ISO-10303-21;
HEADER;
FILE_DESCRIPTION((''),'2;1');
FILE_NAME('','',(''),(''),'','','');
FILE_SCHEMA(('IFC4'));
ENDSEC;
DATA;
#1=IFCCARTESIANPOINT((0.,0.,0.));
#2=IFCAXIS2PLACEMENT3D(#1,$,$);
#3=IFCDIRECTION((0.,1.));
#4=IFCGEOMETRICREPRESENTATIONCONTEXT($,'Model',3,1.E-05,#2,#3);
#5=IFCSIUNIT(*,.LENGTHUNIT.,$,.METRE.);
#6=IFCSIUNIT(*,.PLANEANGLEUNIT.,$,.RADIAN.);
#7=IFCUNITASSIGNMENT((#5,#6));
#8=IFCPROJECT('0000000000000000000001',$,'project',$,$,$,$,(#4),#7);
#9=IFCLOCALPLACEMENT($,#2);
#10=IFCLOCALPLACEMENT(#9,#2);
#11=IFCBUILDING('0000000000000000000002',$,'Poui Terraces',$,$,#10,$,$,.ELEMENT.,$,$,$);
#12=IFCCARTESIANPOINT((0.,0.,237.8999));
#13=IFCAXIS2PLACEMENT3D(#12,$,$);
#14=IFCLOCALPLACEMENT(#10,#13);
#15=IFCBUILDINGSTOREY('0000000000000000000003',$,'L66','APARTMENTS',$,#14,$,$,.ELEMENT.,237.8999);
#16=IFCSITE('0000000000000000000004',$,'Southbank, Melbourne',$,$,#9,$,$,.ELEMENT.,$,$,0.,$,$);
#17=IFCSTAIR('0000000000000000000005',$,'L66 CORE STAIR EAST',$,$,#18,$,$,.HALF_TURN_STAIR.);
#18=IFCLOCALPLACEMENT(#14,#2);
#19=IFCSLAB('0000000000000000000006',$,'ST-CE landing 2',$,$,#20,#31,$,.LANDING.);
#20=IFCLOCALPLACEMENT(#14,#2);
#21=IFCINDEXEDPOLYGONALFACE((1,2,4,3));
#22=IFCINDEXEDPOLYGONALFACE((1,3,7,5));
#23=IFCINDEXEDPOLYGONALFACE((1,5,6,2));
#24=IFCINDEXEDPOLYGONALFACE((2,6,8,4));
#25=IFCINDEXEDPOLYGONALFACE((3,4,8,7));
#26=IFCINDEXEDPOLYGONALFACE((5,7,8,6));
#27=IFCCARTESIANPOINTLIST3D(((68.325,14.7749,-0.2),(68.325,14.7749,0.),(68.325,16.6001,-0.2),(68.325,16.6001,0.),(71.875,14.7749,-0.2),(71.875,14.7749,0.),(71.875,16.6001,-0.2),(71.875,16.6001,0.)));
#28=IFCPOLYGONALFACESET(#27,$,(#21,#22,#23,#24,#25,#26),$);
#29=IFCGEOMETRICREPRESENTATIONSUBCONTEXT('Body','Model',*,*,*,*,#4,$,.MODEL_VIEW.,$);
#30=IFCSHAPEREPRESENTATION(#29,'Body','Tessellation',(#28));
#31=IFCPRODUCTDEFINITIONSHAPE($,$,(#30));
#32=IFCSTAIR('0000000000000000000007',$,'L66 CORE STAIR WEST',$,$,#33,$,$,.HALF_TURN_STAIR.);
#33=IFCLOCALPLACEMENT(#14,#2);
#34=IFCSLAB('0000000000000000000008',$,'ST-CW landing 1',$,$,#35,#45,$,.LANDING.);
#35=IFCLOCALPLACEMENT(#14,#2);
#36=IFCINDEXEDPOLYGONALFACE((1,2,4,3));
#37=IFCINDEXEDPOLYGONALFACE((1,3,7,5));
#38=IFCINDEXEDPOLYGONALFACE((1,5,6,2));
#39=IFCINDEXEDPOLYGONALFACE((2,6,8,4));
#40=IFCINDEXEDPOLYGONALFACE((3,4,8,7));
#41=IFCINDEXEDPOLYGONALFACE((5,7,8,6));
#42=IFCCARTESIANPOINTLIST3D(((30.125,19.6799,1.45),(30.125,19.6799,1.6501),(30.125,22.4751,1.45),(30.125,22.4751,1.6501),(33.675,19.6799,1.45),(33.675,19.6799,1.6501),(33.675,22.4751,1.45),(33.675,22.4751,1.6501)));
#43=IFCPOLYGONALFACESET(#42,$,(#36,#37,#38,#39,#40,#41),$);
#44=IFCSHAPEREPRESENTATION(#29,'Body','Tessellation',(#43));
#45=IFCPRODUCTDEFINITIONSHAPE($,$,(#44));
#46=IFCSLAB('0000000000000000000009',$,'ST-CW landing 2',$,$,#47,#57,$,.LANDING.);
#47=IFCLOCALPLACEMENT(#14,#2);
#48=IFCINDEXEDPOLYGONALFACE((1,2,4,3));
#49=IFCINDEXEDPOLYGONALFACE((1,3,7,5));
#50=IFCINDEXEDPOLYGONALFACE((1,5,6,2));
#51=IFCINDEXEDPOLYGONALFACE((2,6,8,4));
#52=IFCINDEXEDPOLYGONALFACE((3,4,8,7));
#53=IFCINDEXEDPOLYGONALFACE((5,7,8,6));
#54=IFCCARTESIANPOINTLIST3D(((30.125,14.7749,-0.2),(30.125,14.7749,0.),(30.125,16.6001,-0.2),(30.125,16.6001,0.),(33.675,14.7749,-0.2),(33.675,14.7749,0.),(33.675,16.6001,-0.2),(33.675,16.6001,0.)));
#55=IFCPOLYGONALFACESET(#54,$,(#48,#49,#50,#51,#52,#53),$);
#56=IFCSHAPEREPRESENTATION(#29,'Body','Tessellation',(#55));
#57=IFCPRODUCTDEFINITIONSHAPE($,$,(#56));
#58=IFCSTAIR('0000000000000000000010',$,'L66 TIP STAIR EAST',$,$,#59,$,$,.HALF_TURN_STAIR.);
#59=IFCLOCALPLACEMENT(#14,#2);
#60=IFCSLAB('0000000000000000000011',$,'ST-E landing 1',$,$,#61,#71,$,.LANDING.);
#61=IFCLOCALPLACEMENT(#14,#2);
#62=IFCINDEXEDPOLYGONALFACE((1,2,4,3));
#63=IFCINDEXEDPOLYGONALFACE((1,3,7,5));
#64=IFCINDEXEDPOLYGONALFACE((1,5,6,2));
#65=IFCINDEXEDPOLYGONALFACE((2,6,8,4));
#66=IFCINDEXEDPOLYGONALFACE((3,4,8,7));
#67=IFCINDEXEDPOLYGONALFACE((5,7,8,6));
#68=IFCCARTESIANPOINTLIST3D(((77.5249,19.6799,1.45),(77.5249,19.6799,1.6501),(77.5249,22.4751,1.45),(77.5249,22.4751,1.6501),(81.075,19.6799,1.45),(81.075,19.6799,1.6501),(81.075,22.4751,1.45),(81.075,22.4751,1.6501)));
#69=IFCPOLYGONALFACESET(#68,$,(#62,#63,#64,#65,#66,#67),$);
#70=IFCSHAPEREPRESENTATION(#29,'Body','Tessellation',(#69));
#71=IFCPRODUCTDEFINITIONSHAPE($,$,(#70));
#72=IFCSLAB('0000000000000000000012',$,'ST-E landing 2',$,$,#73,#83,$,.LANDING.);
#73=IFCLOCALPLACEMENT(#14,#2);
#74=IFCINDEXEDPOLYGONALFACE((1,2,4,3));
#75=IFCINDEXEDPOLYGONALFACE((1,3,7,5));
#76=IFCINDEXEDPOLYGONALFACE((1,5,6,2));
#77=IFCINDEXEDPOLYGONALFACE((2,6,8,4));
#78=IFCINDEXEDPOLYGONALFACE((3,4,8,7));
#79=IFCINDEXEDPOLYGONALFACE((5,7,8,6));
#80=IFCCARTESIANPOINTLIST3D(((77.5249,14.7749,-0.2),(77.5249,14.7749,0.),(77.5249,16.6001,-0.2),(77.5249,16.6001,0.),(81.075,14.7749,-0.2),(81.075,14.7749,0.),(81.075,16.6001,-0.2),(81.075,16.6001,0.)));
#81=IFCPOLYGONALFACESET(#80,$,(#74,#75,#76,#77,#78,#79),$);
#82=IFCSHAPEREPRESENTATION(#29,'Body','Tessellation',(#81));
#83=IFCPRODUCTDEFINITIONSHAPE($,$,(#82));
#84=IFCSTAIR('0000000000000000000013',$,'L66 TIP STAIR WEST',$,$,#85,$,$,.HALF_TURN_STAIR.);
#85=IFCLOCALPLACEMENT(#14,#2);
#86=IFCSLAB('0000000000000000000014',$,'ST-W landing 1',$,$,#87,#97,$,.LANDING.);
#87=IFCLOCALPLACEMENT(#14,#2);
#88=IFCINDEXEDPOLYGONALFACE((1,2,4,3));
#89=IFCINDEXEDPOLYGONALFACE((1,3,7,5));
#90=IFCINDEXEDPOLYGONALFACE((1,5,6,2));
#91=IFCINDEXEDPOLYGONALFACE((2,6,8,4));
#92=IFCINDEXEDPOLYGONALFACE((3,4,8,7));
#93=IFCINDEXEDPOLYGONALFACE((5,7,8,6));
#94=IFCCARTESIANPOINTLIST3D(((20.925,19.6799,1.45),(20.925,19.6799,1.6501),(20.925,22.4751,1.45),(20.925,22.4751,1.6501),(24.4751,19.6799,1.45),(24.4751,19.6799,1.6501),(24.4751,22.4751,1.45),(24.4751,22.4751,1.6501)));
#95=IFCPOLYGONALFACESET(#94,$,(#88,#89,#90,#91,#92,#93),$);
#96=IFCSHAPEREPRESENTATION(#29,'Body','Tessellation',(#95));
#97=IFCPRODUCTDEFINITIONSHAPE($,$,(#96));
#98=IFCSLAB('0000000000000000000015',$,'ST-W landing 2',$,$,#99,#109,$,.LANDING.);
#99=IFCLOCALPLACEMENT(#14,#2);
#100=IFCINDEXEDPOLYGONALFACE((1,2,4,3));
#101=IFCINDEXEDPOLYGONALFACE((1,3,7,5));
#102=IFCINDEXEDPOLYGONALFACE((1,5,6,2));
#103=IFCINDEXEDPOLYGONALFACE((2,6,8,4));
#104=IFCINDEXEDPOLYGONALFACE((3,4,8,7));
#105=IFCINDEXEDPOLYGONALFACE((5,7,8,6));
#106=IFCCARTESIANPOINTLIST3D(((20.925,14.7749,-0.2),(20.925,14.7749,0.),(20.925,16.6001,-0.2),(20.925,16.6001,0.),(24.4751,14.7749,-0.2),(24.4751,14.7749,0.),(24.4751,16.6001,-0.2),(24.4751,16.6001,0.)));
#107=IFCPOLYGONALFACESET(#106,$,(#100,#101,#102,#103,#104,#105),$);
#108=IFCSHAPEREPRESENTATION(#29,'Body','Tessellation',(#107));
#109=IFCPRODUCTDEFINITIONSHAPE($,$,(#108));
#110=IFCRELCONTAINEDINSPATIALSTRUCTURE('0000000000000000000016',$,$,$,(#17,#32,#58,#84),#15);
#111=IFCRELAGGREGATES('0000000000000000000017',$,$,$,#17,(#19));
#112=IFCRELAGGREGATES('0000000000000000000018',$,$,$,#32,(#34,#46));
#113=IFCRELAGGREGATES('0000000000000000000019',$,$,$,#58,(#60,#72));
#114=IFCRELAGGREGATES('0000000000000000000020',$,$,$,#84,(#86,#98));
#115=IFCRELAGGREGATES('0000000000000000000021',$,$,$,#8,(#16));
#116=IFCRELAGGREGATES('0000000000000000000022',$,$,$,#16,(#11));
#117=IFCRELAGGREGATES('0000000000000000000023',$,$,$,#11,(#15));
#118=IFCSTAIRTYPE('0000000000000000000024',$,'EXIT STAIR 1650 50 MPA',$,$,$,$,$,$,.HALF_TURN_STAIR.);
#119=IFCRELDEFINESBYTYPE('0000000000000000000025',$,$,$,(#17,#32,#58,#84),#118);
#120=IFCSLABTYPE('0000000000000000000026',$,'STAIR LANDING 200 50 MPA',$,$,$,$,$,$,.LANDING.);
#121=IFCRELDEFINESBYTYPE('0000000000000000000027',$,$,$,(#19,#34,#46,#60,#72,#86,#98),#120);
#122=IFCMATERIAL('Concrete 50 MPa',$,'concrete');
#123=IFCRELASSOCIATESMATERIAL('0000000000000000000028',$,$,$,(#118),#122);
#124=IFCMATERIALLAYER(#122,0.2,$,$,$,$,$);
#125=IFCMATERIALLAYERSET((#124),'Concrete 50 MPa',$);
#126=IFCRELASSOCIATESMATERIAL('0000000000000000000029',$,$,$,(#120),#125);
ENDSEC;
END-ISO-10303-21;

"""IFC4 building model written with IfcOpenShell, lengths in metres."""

from ifc_helpers import new_model, si_unit, direction, frame, origin, place, context, subcontext, project, spatial, polyline, outline, extrude, material, layer, layer_set, type_object, element, aggregate, save


model = new_model("IFC4")

# Units and contexts
model_context = context("Model", 3, precision=1e-05, world=origin(), true_north=direction((0.0, 1.0)))
body_context = subcontext(model_context, "Body", "Model", "MODEL_VIEW")
ifc_project = project(units=[si_unit("LENGTHUNIT", "METRE"), si_unit("PLANEANGLEUNIT", "RADIAN")], contexts=[model_context])

# Site, building, storey
site_placement = place(None, origin())
site = spatial("IfcSite", under=ifc_project, at=site_placement, Name="Southbank, Melbourne", CompositionType="ELEMENT", RefElevation=0.0)
building_placement = place(site_placement, origin())
building = spatial("IfcBuilding", under=site, at=building_placement, Name="Poui Terraces", CompositionType="ELEMENT")
storey_placement = place(building_placement, frame((0.0, 0.0, 237.8999)))
storey = spatial("IfcBuildingStorey", under=building, at=storey_placement, Name="L66", Description="APARTMENTS", CompositionType="ELEMENT", Elevation=237.8999)

# Stair, slab
ifc_material_1 = material(Name="Concrete 50 MPa", Category="concrete")
stair_type = type_object("IfcStairType", Name="EXIT STAIR 1650 50 MPA", PredefinedType="HALF_TURN_STAIR", material=ifc_material_1)
stair_1_placement = place(storey_placement, origin())
stair_1 = element("IfcStair", 1, at=stair_1_placement, inside=storey, type_object=stair_type, Name="L66 CORE STAIR EAST", PredefinedType="HALF_TURN_STAIR")
ifc_layer_1 = layer(ifc_material_1, 0.2)
ifc_layer_set_1 = layer_set([ifc_layer_1], Name="Concrete 50 MPa")
slab_type_1 = type_object("IfcSlabType", Name="STAIR LANDING 200 50 MPA", PredefinedType="LANDING", material=ifc_layer_set_1)
slab_1_placement = place(storey_placement, frame((0.0, 0.0, -0.2)))
slab_1 = element("IfcSlab", 2, at=slab_1_placement, type_object=slab_type_1, Name="ST-CE landing 2", PredefinedType="LANDING", context=body_context, shape_type="SweptSolid", body=[
    extrude(outline(polyline([(68.325, 14.7749), (71.875, 14.7749), (71.875, 16.6001), (68.325, 16.6001), (68.325, 14.7749)])), origin(), (0.0, 0.0, 1.0), 0.2),
])
aggregate(stair_1, [slab_1])

# Stairs, slabs
stair_2_placement = place(storey_placement, origin())
stair_2 = element("IfcStair", 3, at=stair_2_placement, inside=storey, type_object=stair_type, Name="L66 CORE STAIR WEST", PredefinedType="HALF_TURN_STAIR")
slab_2_placement = place(storey_placement, frame((0.0, 0.0, 1.45)))
slab_2 = element("IfcSlab", 4, at=slab_2_placement, type_object=slab_type_1, Name="ST-CW landing 1", PredefinedType="LANDING", context=body_context, shape_type="SweptSolid", body=[
    extrude(outline(polyline([(30.125, 19.6799), (33.675, 19.6799), (33.675, 22.4751), (30.125, 22.4751), (30.125, 19.6799)])), origin(), (0.0, 0.0, 1.0), 0.2002),
])
slab_3_placement = place(storey_placement, frame((0.0, 0.0, -0.2)))
slab_3 = element("IfcSlab", 5, at=slab_3_placement, type_object=slab_type_1, Name="ST-CW landing 2", PredefinedType="LANDING", context=body_context, shape_type="SweptSolid", body=[
    extrude(outline(polyline([(30.125, 14.7749), (33.675, 14.7749), (33.675, 16.6001), (30.125, 16.6001), (30.125, 14.7749)])), origin(), (0.0, 0.0, 1.0), 0.2),
])
aggregate(stair_2, [slab_2, slab_3])
stair_3_placement = place(storey_placement, origin())
stair_3 = element("IfcStair", 6, at=stair_3_placement, inside=storey, type_object=stair_type, Name="L66 TIP STAIR EAST", PredefinedType="HALF_TURN_STAIR")
slab_4_placement = place(storey_placement, frame((0.0, 0.0, 1.45)))
slab_4 = element("IfcSlab", 7, at=slab_4_placement, type_object=slab_type_1, Name="ST-E landing 1", PredefinedType="LANDING", context=body_context, shape_type="SweptSolid", body=[
    extrude(outline(polyline([(77.5249, 19.6799), (81.075, 19.6799), (81.075, 22.4751), (77.5249, 22.4751), (77.5249, 19.6799)])), origin(), (0.0, 0.0, 1.0), 0.2002),
])
slab_5_placement = place(storey_placement, frame((0.0, 0.0, -0.2)))
slab_5 = element("IfcSlab", 8, at=slab_5_placement, type_object=slab_type_1, Name="ST-E landing 2", PredefinedType="LANDING", context=body_context, shape_type="SweptSolid", body=[
    extrude(outline(polyline([(77.5249, 14.7749), (81.075, 14.7749), (81.075, 16.6001), (77.5249, 16.6001), (77.5249, 14.7749)])), origin(), (0.0, 0.0, 1.0), 0.2),
])
aggregate(stair_3, [slab_4, slab_5])
stair_4_placement = place(storey_placement, origin())
stair_4 = element("IfcStair", 9, at=stair_4_placement, inside=storey, type_object=stair_type, Name="L66 TIP STAIR WEST", PredefinedType="HALF_TURN_STAIR")
slab_6_placement = place(storey_placement, frame((0.0, 0.0, 1.45)))
slab_6 = element("IfcSlab", 10, at=slab_6_placement, type_object=slab_type_1, Name="ST-W landing 1", PredefinedType="LANDING", context=body_context, shape_type="SweptSolid", body=[
    extrude(outline(polyline([(20.925, 19.6799), (24.4751, 19.6799), (24.4751, 22.4751), (20.925, 22.4751), (20.925, 19.6799)])), origin(), (0.0, 0.0, 1.0), 0.2002),
])
slab_7_placement = place(storey_placement, frame((0.0, 0.0, -0.2)))
slab_7 = element("IfcSlab", 11, at=slab_7_placement, type_object=slab_type_1, Name="ST-W landing 2", PredefinedType="LANDING", context=body_context, shape_type="SweptSolid", body=[
    extrude(outline(polyline([(20.925, 14.7749), (24.4751, 14.7749), (24.4751, 16.6001), (20.925, 16.6001), (20.925, 14.7749)])), origin(), (0.0, 0.0, 1.0), 0.2),
])
aggregate(stair_4, [slab_6, slab_7])

save(model, "model.ifc")
